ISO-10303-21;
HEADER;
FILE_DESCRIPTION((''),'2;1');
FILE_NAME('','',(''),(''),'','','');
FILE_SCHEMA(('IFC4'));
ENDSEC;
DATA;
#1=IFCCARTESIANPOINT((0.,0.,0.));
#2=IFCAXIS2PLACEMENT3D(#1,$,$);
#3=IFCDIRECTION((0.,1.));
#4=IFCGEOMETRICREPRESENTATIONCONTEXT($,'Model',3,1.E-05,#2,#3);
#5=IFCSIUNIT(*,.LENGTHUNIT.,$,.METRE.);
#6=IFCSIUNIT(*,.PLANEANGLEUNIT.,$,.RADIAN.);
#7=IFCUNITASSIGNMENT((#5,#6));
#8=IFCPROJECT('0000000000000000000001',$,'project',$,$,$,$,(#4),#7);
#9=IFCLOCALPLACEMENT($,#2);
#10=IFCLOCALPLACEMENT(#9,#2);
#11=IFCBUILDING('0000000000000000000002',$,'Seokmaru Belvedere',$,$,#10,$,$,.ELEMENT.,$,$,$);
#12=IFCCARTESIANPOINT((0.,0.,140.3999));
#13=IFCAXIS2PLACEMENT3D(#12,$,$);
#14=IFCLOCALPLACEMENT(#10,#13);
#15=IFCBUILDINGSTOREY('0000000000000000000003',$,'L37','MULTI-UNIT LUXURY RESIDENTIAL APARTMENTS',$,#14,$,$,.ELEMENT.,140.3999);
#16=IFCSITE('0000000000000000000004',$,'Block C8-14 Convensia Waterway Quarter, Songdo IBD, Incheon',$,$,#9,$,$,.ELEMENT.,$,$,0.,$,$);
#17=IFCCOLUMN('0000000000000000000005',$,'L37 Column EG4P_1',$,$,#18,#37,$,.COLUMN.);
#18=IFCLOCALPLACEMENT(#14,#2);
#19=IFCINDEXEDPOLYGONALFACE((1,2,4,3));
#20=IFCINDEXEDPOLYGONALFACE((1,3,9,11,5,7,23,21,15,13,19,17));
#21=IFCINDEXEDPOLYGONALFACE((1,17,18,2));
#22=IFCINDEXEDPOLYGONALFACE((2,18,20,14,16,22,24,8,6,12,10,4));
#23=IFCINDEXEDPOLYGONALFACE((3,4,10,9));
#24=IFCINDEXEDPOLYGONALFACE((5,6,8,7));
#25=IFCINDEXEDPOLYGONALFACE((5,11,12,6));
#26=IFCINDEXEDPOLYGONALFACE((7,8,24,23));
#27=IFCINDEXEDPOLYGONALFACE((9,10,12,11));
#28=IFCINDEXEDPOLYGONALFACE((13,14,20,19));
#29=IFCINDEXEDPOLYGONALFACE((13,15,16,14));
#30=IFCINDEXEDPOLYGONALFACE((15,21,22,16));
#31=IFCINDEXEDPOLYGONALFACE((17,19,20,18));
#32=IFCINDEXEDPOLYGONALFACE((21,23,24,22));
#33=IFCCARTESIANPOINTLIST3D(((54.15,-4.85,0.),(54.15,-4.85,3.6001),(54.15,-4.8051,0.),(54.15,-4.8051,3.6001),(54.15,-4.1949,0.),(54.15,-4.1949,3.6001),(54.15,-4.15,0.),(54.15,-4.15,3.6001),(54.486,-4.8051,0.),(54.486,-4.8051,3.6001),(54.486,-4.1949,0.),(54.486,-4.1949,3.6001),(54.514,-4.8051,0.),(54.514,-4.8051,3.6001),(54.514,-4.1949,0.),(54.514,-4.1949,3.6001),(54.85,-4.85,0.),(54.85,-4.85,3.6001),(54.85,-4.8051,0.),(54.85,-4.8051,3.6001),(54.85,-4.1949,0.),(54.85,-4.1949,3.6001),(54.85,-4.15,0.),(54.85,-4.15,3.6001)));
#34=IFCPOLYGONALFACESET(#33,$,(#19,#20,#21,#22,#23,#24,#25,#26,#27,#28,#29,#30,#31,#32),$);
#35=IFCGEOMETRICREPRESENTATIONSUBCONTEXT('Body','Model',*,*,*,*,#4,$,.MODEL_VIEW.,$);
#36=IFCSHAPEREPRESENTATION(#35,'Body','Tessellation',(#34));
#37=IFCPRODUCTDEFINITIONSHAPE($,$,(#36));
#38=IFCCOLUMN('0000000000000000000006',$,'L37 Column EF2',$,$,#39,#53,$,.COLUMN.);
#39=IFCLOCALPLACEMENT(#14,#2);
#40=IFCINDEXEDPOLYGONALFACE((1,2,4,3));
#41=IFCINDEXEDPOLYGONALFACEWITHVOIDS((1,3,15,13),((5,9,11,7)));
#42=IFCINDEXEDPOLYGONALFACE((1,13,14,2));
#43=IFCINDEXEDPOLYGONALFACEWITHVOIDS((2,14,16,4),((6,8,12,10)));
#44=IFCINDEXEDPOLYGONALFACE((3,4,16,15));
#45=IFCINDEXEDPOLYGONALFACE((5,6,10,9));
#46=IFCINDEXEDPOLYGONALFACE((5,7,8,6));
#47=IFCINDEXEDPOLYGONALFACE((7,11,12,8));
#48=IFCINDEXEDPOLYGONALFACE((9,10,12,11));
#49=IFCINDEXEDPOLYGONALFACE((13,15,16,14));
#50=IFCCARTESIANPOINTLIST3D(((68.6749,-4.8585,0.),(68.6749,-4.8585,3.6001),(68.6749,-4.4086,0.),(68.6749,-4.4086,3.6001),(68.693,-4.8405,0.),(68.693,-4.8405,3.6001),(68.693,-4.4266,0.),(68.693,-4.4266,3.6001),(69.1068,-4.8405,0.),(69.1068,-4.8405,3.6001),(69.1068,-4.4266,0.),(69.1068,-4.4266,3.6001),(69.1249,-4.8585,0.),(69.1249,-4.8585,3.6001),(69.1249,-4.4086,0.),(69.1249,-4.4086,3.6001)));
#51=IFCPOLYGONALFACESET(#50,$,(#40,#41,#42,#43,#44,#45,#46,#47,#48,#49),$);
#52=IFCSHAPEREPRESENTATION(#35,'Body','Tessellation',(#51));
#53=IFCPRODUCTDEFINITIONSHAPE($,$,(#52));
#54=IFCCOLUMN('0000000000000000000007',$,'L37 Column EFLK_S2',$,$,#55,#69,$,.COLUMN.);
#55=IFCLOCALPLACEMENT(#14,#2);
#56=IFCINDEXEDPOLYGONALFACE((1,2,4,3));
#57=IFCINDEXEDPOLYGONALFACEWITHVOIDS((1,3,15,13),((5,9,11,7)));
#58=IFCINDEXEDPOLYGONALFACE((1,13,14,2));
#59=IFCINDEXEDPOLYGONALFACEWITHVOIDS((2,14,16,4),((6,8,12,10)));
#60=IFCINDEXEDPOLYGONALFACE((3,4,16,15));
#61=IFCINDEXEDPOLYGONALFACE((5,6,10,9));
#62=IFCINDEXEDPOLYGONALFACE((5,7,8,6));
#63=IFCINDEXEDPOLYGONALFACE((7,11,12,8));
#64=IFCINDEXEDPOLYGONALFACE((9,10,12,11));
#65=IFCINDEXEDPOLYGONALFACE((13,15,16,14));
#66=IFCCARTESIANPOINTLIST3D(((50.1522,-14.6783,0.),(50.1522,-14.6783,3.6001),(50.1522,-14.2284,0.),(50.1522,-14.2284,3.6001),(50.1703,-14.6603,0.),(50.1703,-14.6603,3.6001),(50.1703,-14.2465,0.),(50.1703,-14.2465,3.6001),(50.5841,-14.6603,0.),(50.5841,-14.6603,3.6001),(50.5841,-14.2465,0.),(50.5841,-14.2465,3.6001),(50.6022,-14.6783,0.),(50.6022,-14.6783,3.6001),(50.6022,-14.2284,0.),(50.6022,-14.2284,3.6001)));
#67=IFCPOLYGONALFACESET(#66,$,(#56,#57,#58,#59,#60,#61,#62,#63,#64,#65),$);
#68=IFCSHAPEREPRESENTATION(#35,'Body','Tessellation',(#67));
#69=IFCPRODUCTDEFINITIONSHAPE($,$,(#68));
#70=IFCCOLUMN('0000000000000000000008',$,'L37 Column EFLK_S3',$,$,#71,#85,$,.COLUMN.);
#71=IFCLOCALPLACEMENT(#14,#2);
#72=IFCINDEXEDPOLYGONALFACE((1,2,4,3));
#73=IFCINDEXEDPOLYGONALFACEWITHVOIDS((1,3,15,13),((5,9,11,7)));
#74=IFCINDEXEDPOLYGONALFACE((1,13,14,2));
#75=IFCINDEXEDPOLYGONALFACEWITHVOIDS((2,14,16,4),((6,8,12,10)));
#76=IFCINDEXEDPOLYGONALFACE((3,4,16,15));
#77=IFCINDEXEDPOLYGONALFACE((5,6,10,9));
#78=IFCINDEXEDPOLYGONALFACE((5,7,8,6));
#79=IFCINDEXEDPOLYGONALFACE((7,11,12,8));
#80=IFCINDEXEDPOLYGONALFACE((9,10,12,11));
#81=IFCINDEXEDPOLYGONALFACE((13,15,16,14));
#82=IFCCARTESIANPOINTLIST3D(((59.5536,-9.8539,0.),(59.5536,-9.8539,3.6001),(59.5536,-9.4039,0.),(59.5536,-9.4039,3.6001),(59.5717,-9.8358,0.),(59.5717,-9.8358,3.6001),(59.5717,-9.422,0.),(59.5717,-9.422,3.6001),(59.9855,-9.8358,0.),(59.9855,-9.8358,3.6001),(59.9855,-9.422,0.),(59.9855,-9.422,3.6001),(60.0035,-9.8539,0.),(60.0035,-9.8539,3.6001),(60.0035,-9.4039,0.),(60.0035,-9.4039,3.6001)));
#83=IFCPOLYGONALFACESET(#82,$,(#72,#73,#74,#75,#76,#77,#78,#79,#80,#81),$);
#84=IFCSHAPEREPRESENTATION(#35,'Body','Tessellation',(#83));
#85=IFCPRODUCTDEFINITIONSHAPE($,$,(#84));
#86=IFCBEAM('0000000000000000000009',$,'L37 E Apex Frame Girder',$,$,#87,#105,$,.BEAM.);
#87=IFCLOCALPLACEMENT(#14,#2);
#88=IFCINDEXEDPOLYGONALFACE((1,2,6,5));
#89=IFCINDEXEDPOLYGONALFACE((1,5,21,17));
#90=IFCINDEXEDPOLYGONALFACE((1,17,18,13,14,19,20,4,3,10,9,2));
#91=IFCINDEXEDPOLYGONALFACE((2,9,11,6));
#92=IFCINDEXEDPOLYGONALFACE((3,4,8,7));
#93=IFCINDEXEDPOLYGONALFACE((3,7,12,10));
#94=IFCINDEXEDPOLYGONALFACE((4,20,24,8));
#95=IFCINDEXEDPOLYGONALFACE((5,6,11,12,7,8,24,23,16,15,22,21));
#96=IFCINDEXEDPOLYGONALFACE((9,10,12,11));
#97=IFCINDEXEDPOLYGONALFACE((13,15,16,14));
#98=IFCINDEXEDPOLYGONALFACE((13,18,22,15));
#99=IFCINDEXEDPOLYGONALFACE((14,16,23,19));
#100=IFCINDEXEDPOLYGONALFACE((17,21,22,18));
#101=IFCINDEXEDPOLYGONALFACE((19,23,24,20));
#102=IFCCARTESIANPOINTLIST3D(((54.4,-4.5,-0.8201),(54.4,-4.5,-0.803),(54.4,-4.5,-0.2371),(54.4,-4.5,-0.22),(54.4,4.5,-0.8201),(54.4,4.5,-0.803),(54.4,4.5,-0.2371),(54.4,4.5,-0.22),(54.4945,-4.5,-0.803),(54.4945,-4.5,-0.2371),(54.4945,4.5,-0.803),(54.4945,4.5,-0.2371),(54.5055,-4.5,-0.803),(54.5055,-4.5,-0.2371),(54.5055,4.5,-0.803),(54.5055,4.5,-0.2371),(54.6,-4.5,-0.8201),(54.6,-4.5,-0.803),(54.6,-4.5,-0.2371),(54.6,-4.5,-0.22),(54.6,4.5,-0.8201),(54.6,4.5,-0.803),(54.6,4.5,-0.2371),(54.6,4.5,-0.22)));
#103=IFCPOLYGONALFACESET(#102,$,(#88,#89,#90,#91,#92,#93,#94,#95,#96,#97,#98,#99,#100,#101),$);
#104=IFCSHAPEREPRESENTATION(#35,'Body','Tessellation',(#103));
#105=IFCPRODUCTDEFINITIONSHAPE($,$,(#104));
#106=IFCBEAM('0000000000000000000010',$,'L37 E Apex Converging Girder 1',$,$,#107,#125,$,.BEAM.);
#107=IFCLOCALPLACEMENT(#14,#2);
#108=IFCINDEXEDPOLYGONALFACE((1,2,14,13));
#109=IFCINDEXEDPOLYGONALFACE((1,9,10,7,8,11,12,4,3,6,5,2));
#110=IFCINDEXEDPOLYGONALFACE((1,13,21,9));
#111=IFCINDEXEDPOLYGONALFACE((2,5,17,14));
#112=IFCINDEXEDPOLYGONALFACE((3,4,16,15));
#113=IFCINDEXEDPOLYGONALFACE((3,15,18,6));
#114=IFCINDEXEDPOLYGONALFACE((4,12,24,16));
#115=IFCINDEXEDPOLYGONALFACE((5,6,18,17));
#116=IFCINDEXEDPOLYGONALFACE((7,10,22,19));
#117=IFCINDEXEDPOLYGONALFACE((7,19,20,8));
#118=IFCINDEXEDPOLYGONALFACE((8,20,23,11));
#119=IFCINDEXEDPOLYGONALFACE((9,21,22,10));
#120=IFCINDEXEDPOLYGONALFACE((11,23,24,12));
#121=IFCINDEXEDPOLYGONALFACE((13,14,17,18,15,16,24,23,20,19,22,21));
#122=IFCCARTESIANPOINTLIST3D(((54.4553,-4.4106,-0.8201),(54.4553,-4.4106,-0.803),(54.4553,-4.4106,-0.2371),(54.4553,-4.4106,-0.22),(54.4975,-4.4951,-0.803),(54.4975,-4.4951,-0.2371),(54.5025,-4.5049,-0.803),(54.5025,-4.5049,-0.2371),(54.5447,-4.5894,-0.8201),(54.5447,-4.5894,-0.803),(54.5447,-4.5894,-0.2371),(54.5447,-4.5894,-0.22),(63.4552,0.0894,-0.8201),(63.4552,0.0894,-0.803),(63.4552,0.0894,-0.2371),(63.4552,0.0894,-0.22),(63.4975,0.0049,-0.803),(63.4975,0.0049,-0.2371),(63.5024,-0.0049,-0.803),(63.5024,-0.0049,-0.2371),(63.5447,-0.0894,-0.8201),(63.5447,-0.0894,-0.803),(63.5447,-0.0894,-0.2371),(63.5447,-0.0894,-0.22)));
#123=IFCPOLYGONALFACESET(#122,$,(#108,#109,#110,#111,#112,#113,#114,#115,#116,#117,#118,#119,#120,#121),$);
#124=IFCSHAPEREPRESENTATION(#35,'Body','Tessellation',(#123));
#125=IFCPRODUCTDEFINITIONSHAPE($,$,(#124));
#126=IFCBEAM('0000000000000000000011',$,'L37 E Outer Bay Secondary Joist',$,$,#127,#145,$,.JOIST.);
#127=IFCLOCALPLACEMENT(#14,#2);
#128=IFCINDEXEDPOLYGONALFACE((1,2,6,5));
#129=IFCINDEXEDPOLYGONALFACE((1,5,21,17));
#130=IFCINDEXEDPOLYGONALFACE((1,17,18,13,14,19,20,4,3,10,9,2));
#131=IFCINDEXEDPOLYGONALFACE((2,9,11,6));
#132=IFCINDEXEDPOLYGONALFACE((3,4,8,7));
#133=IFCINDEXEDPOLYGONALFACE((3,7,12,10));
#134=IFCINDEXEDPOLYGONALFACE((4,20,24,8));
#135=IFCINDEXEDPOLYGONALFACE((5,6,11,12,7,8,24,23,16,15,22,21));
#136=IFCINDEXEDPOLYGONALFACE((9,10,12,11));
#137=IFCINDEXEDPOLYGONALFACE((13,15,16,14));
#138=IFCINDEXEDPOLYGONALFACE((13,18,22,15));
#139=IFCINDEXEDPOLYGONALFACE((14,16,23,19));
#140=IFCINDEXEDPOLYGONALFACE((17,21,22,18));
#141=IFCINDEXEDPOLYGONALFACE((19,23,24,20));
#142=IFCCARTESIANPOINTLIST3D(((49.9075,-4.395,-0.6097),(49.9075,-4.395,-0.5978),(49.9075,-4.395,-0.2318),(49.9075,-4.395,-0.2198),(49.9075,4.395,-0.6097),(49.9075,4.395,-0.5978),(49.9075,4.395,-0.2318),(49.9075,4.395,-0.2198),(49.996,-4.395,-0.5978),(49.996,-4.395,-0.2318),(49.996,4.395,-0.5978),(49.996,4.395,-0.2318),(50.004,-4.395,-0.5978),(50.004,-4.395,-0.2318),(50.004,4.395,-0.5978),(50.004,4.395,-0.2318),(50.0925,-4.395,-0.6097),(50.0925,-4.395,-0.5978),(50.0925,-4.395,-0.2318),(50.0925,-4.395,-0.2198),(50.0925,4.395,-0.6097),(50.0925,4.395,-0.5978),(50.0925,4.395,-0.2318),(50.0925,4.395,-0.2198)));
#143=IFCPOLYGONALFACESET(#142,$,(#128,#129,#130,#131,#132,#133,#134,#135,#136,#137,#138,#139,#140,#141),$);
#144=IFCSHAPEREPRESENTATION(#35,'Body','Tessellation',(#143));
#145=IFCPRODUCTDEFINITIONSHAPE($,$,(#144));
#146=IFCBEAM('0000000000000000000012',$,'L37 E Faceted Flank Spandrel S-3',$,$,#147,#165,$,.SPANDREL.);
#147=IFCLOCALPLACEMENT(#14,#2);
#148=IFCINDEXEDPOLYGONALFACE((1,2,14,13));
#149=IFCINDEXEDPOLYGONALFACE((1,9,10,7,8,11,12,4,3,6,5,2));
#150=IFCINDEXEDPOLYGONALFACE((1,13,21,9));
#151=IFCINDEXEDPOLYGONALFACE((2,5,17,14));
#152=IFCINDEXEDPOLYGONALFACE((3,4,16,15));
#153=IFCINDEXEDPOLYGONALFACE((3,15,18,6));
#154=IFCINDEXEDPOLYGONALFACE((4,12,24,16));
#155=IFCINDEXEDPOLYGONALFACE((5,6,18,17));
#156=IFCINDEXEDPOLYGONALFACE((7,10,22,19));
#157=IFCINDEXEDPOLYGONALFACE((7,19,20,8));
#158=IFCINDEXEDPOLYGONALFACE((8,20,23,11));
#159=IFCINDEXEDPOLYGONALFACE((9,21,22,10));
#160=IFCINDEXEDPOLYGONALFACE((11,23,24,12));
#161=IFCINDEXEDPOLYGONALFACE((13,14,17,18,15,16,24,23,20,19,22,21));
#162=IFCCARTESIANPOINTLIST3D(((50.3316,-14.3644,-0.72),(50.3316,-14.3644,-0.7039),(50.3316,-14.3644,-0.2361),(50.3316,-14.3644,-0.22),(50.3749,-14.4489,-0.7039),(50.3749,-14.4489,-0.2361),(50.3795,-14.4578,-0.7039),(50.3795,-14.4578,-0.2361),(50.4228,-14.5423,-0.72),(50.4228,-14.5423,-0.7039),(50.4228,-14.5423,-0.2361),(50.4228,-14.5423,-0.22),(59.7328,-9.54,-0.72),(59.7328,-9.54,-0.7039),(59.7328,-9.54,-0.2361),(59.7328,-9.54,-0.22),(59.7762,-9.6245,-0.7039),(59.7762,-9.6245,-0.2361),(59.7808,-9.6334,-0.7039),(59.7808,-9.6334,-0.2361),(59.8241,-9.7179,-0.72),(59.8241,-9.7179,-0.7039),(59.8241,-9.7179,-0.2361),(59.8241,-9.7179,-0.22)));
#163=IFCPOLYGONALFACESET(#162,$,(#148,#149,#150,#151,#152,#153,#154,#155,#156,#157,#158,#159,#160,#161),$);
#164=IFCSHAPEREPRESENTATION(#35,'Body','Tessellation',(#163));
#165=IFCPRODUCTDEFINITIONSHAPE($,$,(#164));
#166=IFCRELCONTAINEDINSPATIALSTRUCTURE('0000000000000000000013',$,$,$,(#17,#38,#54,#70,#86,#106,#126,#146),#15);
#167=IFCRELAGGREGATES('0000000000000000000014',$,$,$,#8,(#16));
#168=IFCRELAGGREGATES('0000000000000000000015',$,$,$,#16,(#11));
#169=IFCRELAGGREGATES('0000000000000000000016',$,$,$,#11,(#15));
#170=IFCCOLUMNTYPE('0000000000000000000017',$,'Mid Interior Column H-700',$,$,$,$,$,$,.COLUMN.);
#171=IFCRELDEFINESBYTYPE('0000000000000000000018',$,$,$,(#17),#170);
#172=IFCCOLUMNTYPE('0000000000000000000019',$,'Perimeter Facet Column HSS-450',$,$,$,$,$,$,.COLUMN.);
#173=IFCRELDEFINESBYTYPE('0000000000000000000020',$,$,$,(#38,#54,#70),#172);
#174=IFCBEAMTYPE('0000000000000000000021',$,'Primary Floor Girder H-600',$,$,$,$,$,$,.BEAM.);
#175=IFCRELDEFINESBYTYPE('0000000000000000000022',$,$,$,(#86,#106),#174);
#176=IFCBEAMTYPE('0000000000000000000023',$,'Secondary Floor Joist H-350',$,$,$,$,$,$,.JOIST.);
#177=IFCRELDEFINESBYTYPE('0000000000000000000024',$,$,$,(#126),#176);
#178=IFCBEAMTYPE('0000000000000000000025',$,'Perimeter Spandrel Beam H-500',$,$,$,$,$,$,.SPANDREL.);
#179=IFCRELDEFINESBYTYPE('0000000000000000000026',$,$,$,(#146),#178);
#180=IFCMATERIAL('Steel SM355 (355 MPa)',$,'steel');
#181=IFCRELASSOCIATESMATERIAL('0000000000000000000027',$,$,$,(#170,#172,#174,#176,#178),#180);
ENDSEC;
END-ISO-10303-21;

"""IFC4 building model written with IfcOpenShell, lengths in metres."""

from ifc_helpers import new_model, si_unit, direction, frame, origin, origin_2d, place, context, subcontext, project, spatial, hollow_rectangle, i_section, extrude, source, transform, mapped, material, material_profile, profile_set, type_object, type_shapes, element, save


model = new_model("IFC4")

# Units and contexts
model_context = context("Model", 3, precision=1e-05, world=origin(), true_north=direction((0.0, 1.0)))
body_context = subcontext(model_context, "Body", "Model", "MODEL_VIEW")
ifc_project = project(units=[si_unit("LENGTHUNIT", "METRE"), si_unit("PLANEANGLEUNIT", "RADIAN")], contexts=[model_context])

# Site, building, storey
site_placement = place(None, origin())
site = spatial("IfcSite", under=ifc_project, at=site_placement, Name="Block C8-14 Convensia Waterway Quarter, Songdo IBD, Incheon", CompositionType="ELEMENT", RefElevation=0.0)
building_placement = place(site_placement, origin())
building = spatial("IfcBuilding", under=site, at=building_placement, Name="Seokmaru Belvedere", CompositionType="ELEMENT")
storey_placement = place(building_placement, frame((0.0, 0.0, 140.3999)))
storey = spatial("IfcBuildingStorey", under=building, at=storey_placement, Name="L37", Description="MULTI-UNIT LUXURY RESIDENTIAL APARTMENTS", CompositionType="ELEMENT", Elevation=140.3999)

# Columns
ifc_material_1 = material(Name="Steel SM355 (355 MPa)", Category="steel")
ifc_material_profile_1 = material_profile(ifc_material_1, i_section(OverallWidth=0.7, OverallDepth=0.7, WebThickness=0.0281, FlangeThickness=0.0449, at=origin_2d()), Name="H-700x700x28x45")
ifc_profile_set_1 = profile_set([ifc_material_profile_1], Name="Steel SM355 (355 MPa)")
column_type_1 = type_object("IfcColumnType", Name="Mid Interior Column H-700", PredefinedType="COLUMN", material=ifc_profile_set_1)
shared_shape_1 = source(origin(), body_context, "Body", "SweptSolid", [
    extrude(i_section(OverallWidth=0.7, OverallDepth=0.7, WebThickness=0.0281, FlangeThickness=0.0449, at=origin_2d()), origin(), (0.0, 0.0, 1.0), 3.6001),
])
type_shapes(column_type_1, [shared_shape_1])
column_placement = place(storey_placement, frame((54.5, -4.5, 0.0), z_axis=(0.0, 0.0, 1.0), x_axis=(1.0, 0.0, 0.0)))
element("IfcColumn", 1, at=column_placement, inside=storey, type_object=column_type_1, Name="L37 Column EG4P_1", PredefinedType="COLUMN", context=body_context, shape_type="MappedRepresentation", body=[
    mapped(shared_shape_1, transform((0.0, 0.0, 0.0), scale=1.0)),
])
ifc_material_profile_2 = material_profile(ifc_material_1, hollow_rectangle(XDim=0.45, YDim=0.45, WallThickness=0.0181, at=origin_2d()), Name="HSS-450x450x18")
ifc_profile_set_2 = profile_set([ifc_material_profile_2], Name="Steel SM355 (355 MPa)")
column_type_2 = type_object("IfcColumnType", Name="Perimeter Facet Column HSS-450", PredefinedType="COLUMN", material=ifc_profile_set_2)
shared_shape_2 = source(origin(), body_context, "Body", "SweptSolid", [
    extrude(hollow_rectangle(XDim=0.45, YDim=0.45, WallThickness=0.0181, at=origin_2d()), origin(), (0.0, 0.0, 1.0), 3.6001),
])
type_shapes(column_type_2, [shared_shape_2])
for number, where, z_axis, x_axis, name in (
    (2, (68.8999, -4.6335, 0.0), (0.0, 0.0, 1.0), (1.0, 0.0, 0.0), "L37 Column EF2"),
    (3, (50.3772, -14.4534, 0.0), (0.0, 0.0, 1.0), (1.0, 0.0, 0.0), "L37 Column EFLK_S2"),
    (4, (59.7786, -9.6289, 0.0), (0.0, 0.0, 1.0), (1.0, 0.0, 0.0), "L37 Column EFLK_S3"),
):
    element("IfcColumn", number, at=place(storey_placement, frame(where, z_axis=z_axis, x_axis=x_axis)), inside=storey, type_object=column_type_2, Name=name, PredefinedType="COLUMN", context=body_context, shape_type="MappedRepresentation", body=[
        mapped(shared_shape_2, transform((0.0, 0.0, 0.0), scale=1.0)),
    ])

# Beams
ifc_material_profile_3 = material_profile(ifc_material_1, i_section(OverallWidth=0.2, OverallDepth=0.6001, WebThickness=0.011, FlangeThickness=0.0171, at=origin_2d()), Name="H-600x200x11x17")
ifc_profile_set_3 = profile_set([ifc_material_profile_3], Name="Steel SM355 (355 MPa)")
beam_type_1 = type_object("IfcBeamType", Name="Primary Floor Girder H-600", PredefinedType="BEAM", material=ifc_profile_set_3)
shared_shape_3 = source(origin(), body_context, "Body", "SweptSolid", [
    extrude(i_section(OverallWidth=0.2, OverallDepth=0.6001, WebThickness=0.011, FlangeThickness=0.0171, at=origin_2d()), origin(), (0.0, 0.0, 1.0), 9.0),
])
beam_1_placement = place(storey_placement, frame((54.5, -4.5, -0.52), z_axis=(0.0, 1.0, 0.0), x_axis=(-1.0, 0.0, 0.0)))
element("IfcBeam", 5, at=beam_1_placement, inside=storey, type_object=beam_type_1, Name="L37 E Apex Frame Girder", PredefinedType="BEAM", context=body_context, shape_type="MappedRepresentation", body=[
    mapped(shared_shape_3, transform((0.0, 0.0, 0.0), scale=1.0)),
])
shared_shape_4 = source(origin(), body_context, "Body", "SweptSolid", [
    extrude(i_section(OverallWidth=0.2, OverallDepth=0.6001, WebThickness=0.011, FlangeThickness=0.0171, at=origin_2d()), origin(), (0.0, 0.0, 1.0), 10.0623),
])
beam_2_placement = place(storey_placement, frame((54.5, -4.5, -0.52), z_axis=(0.894427, 0.447214, 0.0), x_axis=(-0.447214, 0.894427, 0.0)))
element("IfcBeam", 6, at=beam_2_placement, inside=storey, type_object=beam_type_1, Name="L37 E Apex Converging Girder 1", PredefinedType="BEAM", context=body_context, shape_type="MappedRepresentation", body=[
    mapped(shared_shape_4, transform((0.0, 0.0, 0.0), scale=1.0)),
])
ifc_material_profile_4 = material_profile(ifc_material_1, i_section(OverallWidth=0.1851, OverallDepth=0.3899, WebThickness=0.0081, FlangeThickness=0.012, at=origin_2d()), Name="H-390x185x8x12")
ifc_profile_set_4 = profile_set([ifc_material_profile_4], Name="Steel SM355 (355 MPa)")
beam_type_2 = type_object("IfcBeamType", Name="Secondary Floor Joist H-350", PredefinedType="JOIST", material=ifc_profile_set_4)
shared_shape_5 = source(origin(), body_context, "Body", "SweptSolid", [
    extrude(i_section(OverallWidth=0.1851, OverallDepth=0.3899, WebThickness=0.0081, FlangeThickness=0.012, at=origin_2d()), origin(), (0.0, 0.0, 1.0), 8.79),
])
type_shapes(beam_type_2, [shared_shape_5])
beam_3_placement = place(storey_placement, frame((50.0, -4.395, -0.4148), z_axis=(0.0, 1.0, 0.0), x_axis=(-1.0, 0.0, 0.0)))
element("IfcBeam", 7, at=beam_3_placement, inside=storey, type_object=beam_type_2, Name="L37 E Outer Bay Secondary Joist", PredefinedType="JOIST", context=body_context, shape_type="MappedRepresentation", body=[
    mapped(shared_shape_5, transform((0.0, 0.0, 0.0), scale=1.0)),
])
ifc_material_profile_5 = material_profile(ifc_material_1, i_section(OverallWidth=0.2, OverallDepth=0.5, WebThickness=0.01, FlangeThickness=0.0161, at=origin_2d()), Name="H-500x200x10x16")
ifc_profile_set_5 = profile_set([ifc_material_profile_5], Name="Steel SM355 (355 MPa)")
beam_type_3 = type_object("IfcBeamType", Name="Perimeter Spandrel Beam H-500", PredefinedType="SPANDREL", material=ifc_profile_set_5)
shared_shape_6 = source(origin(), body_context, "Body", "SweptSolid", [
    extrude(i_section(OverallWidth=0.2, OverallDepth=0.5, WebThickness=0.01, FlangeThickness=0.0161, at=origin_2d()), origin(), (0.0, 0.0, 1.0), 10.5669),
])
beam_4_placement = place(storey_placement, frame((50.3772, -14.4534, -0.47), z_axis=(0.889693, 0.45656, 0.0), x_axis=(-0.45656, 0.889693, 0.0)))
element("IfcBeam", 8, at=beam_4_placement, inside=storey, type_object=beam_type_3, Name="L37 E Faceted Flank Spandrel S-3", PredefinedType="SPANDREL", context=body_context, shape_type="MappedRepresentation", body=[
    mapped(shared_shape_6, transform((0.0, 0.0, 0.0), scale=1.0)),
])

save(model, "model.ifc")
